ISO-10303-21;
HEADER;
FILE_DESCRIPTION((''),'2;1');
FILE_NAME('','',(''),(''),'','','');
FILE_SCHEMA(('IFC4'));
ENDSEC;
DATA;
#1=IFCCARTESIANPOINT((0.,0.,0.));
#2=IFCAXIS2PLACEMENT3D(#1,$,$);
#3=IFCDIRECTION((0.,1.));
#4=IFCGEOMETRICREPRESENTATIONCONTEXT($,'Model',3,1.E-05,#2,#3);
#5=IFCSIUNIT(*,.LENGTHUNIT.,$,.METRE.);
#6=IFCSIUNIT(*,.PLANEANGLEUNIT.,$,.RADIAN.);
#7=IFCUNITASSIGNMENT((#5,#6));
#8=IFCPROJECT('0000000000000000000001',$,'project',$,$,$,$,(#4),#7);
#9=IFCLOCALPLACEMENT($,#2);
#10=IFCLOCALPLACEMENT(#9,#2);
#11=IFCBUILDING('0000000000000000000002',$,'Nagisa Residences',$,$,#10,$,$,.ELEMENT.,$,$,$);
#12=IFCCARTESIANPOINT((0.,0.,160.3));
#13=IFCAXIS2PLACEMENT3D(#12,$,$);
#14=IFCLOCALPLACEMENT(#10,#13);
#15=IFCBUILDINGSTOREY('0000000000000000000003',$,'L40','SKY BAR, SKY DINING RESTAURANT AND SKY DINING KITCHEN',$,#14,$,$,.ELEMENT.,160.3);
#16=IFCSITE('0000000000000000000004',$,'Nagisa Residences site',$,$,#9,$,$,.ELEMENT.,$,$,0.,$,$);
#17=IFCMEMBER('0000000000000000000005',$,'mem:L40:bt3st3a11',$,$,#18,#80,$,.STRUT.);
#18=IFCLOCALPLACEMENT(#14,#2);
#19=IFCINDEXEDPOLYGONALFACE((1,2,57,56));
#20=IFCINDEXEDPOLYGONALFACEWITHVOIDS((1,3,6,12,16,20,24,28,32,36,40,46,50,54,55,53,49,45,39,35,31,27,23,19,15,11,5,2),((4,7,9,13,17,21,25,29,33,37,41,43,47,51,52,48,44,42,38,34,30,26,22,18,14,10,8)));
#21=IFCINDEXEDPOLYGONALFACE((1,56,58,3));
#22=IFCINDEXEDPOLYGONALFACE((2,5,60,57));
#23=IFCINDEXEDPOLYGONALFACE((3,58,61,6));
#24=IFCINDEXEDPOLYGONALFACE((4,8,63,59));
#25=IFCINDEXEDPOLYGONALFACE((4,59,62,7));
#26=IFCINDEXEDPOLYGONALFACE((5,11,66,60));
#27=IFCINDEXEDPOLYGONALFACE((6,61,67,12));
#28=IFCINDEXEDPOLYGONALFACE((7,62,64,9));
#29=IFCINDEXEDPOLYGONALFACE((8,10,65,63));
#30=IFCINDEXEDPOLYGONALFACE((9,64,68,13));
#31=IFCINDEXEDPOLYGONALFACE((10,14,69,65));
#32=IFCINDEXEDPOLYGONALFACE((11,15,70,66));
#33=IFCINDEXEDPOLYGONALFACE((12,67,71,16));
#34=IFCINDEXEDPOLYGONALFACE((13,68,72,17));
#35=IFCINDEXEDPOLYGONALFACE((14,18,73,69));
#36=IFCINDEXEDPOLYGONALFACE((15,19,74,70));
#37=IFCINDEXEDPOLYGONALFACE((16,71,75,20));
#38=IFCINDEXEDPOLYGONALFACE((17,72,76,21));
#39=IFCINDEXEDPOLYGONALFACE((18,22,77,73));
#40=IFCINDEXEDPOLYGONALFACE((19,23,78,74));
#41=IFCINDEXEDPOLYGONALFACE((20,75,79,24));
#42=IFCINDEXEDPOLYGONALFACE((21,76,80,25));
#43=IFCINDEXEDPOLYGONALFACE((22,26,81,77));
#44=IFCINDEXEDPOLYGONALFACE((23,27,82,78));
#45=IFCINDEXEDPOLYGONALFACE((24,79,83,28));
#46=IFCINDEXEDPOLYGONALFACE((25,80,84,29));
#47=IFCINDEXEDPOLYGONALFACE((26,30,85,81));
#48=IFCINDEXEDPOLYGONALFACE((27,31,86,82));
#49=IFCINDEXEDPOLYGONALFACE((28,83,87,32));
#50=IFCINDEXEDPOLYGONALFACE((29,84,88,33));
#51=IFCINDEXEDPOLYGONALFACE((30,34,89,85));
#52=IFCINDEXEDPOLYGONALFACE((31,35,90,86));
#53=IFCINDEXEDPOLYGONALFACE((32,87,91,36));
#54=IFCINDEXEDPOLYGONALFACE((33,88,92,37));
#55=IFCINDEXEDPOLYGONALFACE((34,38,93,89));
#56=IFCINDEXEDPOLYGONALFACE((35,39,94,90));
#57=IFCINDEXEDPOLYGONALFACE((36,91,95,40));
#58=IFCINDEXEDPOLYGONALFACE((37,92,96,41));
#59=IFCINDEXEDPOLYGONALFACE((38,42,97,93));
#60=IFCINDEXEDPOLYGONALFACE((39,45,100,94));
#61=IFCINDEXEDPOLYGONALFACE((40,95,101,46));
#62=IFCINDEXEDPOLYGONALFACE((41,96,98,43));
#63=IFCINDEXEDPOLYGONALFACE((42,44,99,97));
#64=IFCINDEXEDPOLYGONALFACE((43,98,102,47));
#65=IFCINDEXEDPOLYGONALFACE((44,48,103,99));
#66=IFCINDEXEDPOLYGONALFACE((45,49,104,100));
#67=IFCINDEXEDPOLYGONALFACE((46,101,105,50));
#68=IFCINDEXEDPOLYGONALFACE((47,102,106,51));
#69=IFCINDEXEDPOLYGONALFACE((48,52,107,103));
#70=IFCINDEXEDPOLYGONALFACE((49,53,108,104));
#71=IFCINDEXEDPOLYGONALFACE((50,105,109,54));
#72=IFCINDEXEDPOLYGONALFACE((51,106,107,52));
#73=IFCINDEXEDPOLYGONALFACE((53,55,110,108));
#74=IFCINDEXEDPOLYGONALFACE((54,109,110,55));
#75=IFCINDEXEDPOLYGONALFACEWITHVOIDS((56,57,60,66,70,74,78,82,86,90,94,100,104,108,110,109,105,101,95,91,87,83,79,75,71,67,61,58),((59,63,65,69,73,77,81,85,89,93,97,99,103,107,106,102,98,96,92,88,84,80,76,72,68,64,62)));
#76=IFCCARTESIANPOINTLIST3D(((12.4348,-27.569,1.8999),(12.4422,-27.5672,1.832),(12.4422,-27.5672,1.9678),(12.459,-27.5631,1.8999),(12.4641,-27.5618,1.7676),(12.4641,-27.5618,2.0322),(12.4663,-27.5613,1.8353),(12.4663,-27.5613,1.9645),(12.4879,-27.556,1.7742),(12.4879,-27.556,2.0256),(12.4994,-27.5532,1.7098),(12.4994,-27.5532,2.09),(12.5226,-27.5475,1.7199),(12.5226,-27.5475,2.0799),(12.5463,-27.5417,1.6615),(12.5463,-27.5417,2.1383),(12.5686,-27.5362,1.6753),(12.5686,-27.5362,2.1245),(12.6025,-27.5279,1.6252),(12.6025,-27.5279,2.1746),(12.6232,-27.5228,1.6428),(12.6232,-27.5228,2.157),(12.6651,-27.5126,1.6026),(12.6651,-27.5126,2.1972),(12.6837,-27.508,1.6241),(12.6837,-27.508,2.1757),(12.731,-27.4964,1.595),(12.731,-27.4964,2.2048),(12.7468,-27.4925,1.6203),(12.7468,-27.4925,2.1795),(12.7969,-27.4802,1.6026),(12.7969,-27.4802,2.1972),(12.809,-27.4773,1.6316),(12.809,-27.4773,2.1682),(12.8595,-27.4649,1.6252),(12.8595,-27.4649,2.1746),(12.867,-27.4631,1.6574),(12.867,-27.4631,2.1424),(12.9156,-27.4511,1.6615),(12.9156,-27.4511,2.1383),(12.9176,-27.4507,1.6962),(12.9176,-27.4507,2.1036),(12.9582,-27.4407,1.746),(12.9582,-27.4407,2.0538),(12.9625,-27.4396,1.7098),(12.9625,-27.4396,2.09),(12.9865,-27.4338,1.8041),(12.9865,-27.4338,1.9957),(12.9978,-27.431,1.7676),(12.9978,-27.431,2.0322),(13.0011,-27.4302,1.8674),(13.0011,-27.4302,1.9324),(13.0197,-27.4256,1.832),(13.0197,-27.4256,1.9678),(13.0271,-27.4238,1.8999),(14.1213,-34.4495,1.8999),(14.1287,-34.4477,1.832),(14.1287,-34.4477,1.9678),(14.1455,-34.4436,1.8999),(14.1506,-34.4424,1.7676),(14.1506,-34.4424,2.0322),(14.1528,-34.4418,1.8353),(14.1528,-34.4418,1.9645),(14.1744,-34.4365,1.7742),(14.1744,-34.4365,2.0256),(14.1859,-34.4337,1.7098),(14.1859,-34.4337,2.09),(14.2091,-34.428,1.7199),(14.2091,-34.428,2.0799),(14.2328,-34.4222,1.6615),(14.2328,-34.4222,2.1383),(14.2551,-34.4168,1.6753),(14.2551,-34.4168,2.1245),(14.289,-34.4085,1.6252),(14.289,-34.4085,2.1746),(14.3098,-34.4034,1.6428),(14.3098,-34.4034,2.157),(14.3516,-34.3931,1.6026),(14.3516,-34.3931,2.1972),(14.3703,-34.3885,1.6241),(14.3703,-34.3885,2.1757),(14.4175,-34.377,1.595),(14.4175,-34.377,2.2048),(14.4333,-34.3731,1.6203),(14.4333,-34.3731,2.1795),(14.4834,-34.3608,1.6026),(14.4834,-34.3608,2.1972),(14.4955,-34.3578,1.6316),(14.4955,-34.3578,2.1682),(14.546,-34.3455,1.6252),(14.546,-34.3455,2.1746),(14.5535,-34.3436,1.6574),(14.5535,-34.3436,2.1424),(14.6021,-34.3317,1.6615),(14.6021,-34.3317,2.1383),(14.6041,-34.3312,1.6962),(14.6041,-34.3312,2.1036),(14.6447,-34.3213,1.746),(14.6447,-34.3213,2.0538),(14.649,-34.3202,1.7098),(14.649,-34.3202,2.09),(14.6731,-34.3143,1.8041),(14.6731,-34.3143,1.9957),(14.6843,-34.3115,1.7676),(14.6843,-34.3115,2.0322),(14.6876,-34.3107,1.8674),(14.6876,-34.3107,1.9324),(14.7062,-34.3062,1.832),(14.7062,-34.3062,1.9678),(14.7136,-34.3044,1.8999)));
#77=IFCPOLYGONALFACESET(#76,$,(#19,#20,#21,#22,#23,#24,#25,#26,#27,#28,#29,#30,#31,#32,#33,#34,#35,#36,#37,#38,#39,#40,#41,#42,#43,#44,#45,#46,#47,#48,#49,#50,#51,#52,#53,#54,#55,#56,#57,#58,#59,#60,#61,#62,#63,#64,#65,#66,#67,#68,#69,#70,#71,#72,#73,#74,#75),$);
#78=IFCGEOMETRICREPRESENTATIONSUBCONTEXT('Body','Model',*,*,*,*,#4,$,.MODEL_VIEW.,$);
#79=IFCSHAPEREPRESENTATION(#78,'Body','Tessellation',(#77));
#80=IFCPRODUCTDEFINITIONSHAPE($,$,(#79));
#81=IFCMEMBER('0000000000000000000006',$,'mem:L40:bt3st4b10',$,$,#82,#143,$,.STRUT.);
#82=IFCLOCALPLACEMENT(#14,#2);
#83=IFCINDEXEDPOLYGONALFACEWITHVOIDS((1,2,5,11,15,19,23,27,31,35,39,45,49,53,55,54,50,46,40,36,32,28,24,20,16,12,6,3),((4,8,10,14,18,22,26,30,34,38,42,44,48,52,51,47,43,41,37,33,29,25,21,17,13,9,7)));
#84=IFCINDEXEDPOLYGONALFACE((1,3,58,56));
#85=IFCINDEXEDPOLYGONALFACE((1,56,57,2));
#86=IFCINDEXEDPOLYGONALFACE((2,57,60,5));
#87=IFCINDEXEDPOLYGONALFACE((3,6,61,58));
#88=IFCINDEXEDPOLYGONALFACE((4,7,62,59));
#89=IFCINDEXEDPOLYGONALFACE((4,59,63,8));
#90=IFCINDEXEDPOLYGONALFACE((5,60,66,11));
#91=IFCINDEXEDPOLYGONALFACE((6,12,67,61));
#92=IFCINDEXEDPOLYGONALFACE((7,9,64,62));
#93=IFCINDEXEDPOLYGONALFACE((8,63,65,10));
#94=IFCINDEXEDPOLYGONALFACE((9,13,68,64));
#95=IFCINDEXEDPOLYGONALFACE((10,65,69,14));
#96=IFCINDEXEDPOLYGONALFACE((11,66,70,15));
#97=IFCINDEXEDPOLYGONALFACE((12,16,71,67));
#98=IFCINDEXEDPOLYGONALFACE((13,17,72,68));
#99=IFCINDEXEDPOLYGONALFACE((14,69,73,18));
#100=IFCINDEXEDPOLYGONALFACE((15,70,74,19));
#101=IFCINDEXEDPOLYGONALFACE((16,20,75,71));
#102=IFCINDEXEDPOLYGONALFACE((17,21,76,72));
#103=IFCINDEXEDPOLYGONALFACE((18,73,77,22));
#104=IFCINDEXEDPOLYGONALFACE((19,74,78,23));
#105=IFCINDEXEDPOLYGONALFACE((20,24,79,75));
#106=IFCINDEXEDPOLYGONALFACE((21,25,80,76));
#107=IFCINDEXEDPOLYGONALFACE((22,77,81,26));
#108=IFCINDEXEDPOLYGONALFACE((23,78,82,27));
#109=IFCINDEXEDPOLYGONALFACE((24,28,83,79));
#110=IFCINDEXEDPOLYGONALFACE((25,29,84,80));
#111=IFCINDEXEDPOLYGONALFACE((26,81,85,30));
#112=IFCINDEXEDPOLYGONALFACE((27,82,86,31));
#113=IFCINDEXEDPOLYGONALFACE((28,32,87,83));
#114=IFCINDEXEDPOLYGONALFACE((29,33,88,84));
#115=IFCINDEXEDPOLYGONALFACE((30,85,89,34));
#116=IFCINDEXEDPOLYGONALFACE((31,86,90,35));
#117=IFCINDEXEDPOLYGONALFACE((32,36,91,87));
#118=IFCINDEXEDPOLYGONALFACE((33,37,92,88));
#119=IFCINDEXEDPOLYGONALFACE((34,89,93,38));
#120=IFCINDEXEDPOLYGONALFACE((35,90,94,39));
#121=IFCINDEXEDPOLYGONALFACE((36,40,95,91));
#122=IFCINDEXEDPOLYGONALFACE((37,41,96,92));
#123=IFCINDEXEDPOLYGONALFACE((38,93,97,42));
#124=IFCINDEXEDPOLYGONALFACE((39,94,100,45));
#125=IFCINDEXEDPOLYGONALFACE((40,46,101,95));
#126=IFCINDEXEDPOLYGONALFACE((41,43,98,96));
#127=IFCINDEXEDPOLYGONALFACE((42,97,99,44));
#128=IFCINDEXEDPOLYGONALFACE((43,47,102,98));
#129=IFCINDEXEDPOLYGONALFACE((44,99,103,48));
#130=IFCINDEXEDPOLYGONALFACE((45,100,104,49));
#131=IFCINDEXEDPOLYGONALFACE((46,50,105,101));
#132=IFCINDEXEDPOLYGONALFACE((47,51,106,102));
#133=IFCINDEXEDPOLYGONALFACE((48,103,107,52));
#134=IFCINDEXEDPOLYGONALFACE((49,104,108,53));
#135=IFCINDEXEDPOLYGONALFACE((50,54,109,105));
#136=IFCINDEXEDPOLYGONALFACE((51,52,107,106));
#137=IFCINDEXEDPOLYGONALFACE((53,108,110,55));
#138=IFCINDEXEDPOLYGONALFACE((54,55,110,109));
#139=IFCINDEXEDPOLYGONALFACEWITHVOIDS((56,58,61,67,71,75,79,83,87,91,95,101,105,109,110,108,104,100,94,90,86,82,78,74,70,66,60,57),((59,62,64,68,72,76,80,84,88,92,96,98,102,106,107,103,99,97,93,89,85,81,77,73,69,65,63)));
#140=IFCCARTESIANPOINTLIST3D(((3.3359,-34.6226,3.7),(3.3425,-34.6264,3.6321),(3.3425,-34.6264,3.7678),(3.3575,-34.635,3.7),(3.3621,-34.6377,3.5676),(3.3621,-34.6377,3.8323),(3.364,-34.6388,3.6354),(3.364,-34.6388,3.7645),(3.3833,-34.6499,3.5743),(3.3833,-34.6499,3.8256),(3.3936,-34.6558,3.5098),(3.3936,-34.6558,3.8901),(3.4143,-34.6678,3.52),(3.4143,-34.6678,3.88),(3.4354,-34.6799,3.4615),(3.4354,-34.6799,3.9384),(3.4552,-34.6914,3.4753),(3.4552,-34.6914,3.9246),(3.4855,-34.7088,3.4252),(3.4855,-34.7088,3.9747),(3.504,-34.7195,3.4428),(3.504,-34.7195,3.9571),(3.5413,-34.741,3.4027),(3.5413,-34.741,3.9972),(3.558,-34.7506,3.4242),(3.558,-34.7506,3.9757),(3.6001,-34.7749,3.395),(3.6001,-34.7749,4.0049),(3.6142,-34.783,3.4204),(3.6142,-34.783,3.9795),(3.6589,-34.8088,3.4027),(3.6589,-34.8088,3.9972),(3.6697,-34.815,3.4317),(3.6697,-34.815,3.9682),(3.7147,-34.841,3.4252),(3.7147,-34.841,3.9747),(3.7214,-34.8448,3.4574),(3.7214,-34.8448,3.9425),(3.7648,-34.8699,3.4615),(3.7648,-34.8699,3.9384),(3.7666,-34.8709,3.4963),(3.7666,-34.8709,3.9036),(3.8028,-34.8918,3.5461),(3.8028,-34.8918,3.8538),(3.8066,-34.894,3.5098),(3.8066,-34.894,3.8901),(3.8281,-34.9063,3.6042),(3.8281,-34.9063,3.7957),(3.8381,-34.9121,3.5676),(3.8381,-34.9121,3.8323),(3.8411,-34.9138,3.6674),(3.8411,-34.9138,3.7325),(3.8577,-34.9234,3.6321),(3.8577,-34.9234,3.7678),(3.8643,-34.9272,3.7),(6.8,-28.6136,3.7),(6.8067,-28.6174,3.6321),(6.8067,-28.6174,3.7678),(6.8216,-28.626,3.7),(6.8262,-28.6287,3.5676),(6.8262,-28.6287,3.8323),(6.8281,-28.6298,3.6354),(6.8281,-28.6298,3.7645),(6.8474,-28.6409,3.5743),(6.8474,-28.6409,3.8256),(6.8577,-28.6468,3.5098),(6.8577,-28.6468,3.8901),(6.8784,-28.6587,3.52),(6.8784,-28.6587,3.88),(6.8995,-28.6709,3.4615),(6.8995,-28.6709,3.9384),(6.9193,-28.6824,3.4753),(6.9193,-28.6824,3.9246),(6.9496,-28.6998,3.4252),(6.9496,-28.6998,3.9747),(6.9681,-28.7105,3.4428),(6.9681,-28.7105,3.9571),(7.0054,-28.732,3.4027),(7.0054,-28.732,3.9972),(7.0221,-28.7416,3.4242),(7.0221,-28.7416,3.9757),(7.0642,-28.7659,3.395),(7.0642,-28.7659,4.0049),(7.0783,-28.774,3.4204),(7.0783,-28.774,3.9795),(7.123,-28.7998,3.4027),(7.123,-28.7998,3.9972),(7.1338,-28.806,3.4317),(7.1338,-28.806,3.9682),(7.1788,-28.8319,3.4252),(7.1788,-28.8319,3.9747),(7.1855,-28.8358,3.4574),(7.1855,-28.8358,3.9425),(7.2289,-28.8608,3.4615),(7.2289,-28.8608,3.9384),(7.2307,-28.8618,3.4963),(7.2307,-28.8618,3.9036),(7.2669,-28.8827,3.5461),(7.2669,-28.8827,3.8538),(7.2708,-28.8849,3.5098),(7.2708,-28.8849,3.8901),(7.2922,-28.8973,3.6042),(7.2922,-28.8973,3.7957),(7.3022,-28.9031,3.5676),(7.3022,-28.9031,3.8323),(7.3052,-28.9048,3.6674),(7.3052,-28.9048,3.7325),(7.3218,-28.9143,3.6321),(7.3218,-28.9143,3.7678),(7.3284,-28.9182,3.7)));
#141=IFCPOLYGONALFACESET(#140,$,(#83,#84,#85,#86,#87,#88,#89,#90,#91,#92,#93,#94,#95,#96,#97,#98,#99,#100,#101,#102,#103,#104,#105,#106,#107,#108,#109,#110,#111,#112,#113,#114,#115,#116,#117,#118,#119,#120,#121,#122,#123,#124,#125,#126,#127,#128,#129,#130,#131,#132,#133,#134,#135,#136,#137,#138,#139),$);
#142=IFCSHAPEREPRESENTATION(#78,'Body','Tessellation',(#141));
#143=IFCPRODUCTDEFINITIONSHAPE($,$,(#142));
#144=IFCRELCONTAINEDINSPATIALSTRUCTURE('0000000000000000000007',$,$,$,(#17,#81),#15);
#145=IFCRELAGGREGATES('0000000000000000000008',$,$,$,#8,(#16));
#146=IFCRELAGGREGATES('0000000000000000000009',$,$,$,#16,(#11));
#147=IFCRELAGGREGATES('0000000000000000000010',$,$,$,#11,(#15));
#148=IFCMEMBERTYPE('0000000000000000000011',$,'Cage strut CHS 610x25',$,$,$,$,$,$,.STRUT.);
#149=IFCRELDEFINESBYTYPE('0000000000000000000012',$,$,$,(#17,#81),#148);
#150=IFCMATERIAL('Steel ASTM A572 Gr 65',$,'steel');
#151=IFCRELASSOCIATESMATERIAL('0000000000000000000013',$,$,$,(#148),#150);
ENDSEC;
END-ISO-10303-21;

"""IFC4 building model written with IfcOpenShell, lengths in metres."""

from ifc_helpers import new_model, si_unit, direction, frame, origin, origin_2d, place, context, subcontext, project, spatial, hollow_circle, extrude, material, material_profile, profile_set, type_object, element, save


model = new_model("IFC4")

# Units and contexts
model_context = context("Model", 3, precision=1e-05, world=origin(), true_north=direction((0.0, 1.0)))
body_context = subcontext(model_context, "Body", "Model", "MODEL_VIEW")
ifc_project = project(units=[si_unit("LENGTHUNIT", "METRE"), si_unit("PLANEANGLEUNIT", "RADIAN")], contexts=[model_context])

# Site, building, storey
site_placement = place(None, origin())
site = spatial("IfcSite", under=ifc_project, at=site_placement, Name="Nagisa Residences site", CompositionType="ELEMENT", RefElevation=0.0)
building_placement = place(site_placement, origin())
building = spatial("IfcBuilding", under=site, at=building_placement, Name="Nagisa Residences", CompositionType="ELEMENT")
storey_placement = place(building_placement, frame((0.0, 0.0, 160.3)))
storey = spatial("IfcBuildingStorey", under=building, at=storey_placement, Name="L40", Description="SKY BAR, SKY DINING RESTAURANT AND SKY DINING KITCHEN", CompositionType="ELEMENT", Elevation=160.3)

# Members
ifc_material_1 = material(Name="Steel ASTM A572 Gr 65", Category="steel")
ifc_material_profile_1 = material_profile(ifc_material_1, hollow_circle(Radius=0.3049, WallThickness=0.0249, at=origin_2d()), Name="CHS 610x25")
ifc_profile_set_1 = profile_set([ifc_material_profile_1], Name="Steel ASTM A572 Gr 65")
member_type_1 = type_object("IfcMemberType", Name="Cage strut CHS 610x25", PredefinedType="STRUT", material=ifc_profile_set_1)
member_1_placement = place(storey_placement, frame((14.4175, -34.377, 1.8999), z_axis=(-0.238065, 0.971249, 0.0), x_axis=(-0.971249, -0.238065, 0.0)))
element("IfcMember", 1, at=member_1_placement, inside=storey, type_object=member_type_1, Name="mem:L40:bt3st3a11", PredefinedType="STRUT", context=body_context, shape_type="SweptSolid", body=[
    extrude(hollow_circle(Radius=0.3049, WallThickness=0.0249, at=origin_2d()), origin(), (0.0, 0.0, 1.0), 7.0842),
])
member_2_placement = place(storey_placement, frame((3.6001, -34.7749, 3.7), z_axis=(0.499437, 0.86635, 0.0), x_axis=(-0.86635, 0.499437, 0.0)))
element("IfcMember", 2, at=member_2_placement, inside=storey, type_object=member_type_1, Name="mem:L40:bt3st4b10", PredefinedType="STRUT", context=body_context, shape_type="SweptSolid", body=[
    extrude(hollow_circle(Radius=0.3049, WallThickness=0.0249, at=origin_2d()), origin(), (0.0, 0.0, 1.0), 6.936),
])

save(model, "model.ifc")
